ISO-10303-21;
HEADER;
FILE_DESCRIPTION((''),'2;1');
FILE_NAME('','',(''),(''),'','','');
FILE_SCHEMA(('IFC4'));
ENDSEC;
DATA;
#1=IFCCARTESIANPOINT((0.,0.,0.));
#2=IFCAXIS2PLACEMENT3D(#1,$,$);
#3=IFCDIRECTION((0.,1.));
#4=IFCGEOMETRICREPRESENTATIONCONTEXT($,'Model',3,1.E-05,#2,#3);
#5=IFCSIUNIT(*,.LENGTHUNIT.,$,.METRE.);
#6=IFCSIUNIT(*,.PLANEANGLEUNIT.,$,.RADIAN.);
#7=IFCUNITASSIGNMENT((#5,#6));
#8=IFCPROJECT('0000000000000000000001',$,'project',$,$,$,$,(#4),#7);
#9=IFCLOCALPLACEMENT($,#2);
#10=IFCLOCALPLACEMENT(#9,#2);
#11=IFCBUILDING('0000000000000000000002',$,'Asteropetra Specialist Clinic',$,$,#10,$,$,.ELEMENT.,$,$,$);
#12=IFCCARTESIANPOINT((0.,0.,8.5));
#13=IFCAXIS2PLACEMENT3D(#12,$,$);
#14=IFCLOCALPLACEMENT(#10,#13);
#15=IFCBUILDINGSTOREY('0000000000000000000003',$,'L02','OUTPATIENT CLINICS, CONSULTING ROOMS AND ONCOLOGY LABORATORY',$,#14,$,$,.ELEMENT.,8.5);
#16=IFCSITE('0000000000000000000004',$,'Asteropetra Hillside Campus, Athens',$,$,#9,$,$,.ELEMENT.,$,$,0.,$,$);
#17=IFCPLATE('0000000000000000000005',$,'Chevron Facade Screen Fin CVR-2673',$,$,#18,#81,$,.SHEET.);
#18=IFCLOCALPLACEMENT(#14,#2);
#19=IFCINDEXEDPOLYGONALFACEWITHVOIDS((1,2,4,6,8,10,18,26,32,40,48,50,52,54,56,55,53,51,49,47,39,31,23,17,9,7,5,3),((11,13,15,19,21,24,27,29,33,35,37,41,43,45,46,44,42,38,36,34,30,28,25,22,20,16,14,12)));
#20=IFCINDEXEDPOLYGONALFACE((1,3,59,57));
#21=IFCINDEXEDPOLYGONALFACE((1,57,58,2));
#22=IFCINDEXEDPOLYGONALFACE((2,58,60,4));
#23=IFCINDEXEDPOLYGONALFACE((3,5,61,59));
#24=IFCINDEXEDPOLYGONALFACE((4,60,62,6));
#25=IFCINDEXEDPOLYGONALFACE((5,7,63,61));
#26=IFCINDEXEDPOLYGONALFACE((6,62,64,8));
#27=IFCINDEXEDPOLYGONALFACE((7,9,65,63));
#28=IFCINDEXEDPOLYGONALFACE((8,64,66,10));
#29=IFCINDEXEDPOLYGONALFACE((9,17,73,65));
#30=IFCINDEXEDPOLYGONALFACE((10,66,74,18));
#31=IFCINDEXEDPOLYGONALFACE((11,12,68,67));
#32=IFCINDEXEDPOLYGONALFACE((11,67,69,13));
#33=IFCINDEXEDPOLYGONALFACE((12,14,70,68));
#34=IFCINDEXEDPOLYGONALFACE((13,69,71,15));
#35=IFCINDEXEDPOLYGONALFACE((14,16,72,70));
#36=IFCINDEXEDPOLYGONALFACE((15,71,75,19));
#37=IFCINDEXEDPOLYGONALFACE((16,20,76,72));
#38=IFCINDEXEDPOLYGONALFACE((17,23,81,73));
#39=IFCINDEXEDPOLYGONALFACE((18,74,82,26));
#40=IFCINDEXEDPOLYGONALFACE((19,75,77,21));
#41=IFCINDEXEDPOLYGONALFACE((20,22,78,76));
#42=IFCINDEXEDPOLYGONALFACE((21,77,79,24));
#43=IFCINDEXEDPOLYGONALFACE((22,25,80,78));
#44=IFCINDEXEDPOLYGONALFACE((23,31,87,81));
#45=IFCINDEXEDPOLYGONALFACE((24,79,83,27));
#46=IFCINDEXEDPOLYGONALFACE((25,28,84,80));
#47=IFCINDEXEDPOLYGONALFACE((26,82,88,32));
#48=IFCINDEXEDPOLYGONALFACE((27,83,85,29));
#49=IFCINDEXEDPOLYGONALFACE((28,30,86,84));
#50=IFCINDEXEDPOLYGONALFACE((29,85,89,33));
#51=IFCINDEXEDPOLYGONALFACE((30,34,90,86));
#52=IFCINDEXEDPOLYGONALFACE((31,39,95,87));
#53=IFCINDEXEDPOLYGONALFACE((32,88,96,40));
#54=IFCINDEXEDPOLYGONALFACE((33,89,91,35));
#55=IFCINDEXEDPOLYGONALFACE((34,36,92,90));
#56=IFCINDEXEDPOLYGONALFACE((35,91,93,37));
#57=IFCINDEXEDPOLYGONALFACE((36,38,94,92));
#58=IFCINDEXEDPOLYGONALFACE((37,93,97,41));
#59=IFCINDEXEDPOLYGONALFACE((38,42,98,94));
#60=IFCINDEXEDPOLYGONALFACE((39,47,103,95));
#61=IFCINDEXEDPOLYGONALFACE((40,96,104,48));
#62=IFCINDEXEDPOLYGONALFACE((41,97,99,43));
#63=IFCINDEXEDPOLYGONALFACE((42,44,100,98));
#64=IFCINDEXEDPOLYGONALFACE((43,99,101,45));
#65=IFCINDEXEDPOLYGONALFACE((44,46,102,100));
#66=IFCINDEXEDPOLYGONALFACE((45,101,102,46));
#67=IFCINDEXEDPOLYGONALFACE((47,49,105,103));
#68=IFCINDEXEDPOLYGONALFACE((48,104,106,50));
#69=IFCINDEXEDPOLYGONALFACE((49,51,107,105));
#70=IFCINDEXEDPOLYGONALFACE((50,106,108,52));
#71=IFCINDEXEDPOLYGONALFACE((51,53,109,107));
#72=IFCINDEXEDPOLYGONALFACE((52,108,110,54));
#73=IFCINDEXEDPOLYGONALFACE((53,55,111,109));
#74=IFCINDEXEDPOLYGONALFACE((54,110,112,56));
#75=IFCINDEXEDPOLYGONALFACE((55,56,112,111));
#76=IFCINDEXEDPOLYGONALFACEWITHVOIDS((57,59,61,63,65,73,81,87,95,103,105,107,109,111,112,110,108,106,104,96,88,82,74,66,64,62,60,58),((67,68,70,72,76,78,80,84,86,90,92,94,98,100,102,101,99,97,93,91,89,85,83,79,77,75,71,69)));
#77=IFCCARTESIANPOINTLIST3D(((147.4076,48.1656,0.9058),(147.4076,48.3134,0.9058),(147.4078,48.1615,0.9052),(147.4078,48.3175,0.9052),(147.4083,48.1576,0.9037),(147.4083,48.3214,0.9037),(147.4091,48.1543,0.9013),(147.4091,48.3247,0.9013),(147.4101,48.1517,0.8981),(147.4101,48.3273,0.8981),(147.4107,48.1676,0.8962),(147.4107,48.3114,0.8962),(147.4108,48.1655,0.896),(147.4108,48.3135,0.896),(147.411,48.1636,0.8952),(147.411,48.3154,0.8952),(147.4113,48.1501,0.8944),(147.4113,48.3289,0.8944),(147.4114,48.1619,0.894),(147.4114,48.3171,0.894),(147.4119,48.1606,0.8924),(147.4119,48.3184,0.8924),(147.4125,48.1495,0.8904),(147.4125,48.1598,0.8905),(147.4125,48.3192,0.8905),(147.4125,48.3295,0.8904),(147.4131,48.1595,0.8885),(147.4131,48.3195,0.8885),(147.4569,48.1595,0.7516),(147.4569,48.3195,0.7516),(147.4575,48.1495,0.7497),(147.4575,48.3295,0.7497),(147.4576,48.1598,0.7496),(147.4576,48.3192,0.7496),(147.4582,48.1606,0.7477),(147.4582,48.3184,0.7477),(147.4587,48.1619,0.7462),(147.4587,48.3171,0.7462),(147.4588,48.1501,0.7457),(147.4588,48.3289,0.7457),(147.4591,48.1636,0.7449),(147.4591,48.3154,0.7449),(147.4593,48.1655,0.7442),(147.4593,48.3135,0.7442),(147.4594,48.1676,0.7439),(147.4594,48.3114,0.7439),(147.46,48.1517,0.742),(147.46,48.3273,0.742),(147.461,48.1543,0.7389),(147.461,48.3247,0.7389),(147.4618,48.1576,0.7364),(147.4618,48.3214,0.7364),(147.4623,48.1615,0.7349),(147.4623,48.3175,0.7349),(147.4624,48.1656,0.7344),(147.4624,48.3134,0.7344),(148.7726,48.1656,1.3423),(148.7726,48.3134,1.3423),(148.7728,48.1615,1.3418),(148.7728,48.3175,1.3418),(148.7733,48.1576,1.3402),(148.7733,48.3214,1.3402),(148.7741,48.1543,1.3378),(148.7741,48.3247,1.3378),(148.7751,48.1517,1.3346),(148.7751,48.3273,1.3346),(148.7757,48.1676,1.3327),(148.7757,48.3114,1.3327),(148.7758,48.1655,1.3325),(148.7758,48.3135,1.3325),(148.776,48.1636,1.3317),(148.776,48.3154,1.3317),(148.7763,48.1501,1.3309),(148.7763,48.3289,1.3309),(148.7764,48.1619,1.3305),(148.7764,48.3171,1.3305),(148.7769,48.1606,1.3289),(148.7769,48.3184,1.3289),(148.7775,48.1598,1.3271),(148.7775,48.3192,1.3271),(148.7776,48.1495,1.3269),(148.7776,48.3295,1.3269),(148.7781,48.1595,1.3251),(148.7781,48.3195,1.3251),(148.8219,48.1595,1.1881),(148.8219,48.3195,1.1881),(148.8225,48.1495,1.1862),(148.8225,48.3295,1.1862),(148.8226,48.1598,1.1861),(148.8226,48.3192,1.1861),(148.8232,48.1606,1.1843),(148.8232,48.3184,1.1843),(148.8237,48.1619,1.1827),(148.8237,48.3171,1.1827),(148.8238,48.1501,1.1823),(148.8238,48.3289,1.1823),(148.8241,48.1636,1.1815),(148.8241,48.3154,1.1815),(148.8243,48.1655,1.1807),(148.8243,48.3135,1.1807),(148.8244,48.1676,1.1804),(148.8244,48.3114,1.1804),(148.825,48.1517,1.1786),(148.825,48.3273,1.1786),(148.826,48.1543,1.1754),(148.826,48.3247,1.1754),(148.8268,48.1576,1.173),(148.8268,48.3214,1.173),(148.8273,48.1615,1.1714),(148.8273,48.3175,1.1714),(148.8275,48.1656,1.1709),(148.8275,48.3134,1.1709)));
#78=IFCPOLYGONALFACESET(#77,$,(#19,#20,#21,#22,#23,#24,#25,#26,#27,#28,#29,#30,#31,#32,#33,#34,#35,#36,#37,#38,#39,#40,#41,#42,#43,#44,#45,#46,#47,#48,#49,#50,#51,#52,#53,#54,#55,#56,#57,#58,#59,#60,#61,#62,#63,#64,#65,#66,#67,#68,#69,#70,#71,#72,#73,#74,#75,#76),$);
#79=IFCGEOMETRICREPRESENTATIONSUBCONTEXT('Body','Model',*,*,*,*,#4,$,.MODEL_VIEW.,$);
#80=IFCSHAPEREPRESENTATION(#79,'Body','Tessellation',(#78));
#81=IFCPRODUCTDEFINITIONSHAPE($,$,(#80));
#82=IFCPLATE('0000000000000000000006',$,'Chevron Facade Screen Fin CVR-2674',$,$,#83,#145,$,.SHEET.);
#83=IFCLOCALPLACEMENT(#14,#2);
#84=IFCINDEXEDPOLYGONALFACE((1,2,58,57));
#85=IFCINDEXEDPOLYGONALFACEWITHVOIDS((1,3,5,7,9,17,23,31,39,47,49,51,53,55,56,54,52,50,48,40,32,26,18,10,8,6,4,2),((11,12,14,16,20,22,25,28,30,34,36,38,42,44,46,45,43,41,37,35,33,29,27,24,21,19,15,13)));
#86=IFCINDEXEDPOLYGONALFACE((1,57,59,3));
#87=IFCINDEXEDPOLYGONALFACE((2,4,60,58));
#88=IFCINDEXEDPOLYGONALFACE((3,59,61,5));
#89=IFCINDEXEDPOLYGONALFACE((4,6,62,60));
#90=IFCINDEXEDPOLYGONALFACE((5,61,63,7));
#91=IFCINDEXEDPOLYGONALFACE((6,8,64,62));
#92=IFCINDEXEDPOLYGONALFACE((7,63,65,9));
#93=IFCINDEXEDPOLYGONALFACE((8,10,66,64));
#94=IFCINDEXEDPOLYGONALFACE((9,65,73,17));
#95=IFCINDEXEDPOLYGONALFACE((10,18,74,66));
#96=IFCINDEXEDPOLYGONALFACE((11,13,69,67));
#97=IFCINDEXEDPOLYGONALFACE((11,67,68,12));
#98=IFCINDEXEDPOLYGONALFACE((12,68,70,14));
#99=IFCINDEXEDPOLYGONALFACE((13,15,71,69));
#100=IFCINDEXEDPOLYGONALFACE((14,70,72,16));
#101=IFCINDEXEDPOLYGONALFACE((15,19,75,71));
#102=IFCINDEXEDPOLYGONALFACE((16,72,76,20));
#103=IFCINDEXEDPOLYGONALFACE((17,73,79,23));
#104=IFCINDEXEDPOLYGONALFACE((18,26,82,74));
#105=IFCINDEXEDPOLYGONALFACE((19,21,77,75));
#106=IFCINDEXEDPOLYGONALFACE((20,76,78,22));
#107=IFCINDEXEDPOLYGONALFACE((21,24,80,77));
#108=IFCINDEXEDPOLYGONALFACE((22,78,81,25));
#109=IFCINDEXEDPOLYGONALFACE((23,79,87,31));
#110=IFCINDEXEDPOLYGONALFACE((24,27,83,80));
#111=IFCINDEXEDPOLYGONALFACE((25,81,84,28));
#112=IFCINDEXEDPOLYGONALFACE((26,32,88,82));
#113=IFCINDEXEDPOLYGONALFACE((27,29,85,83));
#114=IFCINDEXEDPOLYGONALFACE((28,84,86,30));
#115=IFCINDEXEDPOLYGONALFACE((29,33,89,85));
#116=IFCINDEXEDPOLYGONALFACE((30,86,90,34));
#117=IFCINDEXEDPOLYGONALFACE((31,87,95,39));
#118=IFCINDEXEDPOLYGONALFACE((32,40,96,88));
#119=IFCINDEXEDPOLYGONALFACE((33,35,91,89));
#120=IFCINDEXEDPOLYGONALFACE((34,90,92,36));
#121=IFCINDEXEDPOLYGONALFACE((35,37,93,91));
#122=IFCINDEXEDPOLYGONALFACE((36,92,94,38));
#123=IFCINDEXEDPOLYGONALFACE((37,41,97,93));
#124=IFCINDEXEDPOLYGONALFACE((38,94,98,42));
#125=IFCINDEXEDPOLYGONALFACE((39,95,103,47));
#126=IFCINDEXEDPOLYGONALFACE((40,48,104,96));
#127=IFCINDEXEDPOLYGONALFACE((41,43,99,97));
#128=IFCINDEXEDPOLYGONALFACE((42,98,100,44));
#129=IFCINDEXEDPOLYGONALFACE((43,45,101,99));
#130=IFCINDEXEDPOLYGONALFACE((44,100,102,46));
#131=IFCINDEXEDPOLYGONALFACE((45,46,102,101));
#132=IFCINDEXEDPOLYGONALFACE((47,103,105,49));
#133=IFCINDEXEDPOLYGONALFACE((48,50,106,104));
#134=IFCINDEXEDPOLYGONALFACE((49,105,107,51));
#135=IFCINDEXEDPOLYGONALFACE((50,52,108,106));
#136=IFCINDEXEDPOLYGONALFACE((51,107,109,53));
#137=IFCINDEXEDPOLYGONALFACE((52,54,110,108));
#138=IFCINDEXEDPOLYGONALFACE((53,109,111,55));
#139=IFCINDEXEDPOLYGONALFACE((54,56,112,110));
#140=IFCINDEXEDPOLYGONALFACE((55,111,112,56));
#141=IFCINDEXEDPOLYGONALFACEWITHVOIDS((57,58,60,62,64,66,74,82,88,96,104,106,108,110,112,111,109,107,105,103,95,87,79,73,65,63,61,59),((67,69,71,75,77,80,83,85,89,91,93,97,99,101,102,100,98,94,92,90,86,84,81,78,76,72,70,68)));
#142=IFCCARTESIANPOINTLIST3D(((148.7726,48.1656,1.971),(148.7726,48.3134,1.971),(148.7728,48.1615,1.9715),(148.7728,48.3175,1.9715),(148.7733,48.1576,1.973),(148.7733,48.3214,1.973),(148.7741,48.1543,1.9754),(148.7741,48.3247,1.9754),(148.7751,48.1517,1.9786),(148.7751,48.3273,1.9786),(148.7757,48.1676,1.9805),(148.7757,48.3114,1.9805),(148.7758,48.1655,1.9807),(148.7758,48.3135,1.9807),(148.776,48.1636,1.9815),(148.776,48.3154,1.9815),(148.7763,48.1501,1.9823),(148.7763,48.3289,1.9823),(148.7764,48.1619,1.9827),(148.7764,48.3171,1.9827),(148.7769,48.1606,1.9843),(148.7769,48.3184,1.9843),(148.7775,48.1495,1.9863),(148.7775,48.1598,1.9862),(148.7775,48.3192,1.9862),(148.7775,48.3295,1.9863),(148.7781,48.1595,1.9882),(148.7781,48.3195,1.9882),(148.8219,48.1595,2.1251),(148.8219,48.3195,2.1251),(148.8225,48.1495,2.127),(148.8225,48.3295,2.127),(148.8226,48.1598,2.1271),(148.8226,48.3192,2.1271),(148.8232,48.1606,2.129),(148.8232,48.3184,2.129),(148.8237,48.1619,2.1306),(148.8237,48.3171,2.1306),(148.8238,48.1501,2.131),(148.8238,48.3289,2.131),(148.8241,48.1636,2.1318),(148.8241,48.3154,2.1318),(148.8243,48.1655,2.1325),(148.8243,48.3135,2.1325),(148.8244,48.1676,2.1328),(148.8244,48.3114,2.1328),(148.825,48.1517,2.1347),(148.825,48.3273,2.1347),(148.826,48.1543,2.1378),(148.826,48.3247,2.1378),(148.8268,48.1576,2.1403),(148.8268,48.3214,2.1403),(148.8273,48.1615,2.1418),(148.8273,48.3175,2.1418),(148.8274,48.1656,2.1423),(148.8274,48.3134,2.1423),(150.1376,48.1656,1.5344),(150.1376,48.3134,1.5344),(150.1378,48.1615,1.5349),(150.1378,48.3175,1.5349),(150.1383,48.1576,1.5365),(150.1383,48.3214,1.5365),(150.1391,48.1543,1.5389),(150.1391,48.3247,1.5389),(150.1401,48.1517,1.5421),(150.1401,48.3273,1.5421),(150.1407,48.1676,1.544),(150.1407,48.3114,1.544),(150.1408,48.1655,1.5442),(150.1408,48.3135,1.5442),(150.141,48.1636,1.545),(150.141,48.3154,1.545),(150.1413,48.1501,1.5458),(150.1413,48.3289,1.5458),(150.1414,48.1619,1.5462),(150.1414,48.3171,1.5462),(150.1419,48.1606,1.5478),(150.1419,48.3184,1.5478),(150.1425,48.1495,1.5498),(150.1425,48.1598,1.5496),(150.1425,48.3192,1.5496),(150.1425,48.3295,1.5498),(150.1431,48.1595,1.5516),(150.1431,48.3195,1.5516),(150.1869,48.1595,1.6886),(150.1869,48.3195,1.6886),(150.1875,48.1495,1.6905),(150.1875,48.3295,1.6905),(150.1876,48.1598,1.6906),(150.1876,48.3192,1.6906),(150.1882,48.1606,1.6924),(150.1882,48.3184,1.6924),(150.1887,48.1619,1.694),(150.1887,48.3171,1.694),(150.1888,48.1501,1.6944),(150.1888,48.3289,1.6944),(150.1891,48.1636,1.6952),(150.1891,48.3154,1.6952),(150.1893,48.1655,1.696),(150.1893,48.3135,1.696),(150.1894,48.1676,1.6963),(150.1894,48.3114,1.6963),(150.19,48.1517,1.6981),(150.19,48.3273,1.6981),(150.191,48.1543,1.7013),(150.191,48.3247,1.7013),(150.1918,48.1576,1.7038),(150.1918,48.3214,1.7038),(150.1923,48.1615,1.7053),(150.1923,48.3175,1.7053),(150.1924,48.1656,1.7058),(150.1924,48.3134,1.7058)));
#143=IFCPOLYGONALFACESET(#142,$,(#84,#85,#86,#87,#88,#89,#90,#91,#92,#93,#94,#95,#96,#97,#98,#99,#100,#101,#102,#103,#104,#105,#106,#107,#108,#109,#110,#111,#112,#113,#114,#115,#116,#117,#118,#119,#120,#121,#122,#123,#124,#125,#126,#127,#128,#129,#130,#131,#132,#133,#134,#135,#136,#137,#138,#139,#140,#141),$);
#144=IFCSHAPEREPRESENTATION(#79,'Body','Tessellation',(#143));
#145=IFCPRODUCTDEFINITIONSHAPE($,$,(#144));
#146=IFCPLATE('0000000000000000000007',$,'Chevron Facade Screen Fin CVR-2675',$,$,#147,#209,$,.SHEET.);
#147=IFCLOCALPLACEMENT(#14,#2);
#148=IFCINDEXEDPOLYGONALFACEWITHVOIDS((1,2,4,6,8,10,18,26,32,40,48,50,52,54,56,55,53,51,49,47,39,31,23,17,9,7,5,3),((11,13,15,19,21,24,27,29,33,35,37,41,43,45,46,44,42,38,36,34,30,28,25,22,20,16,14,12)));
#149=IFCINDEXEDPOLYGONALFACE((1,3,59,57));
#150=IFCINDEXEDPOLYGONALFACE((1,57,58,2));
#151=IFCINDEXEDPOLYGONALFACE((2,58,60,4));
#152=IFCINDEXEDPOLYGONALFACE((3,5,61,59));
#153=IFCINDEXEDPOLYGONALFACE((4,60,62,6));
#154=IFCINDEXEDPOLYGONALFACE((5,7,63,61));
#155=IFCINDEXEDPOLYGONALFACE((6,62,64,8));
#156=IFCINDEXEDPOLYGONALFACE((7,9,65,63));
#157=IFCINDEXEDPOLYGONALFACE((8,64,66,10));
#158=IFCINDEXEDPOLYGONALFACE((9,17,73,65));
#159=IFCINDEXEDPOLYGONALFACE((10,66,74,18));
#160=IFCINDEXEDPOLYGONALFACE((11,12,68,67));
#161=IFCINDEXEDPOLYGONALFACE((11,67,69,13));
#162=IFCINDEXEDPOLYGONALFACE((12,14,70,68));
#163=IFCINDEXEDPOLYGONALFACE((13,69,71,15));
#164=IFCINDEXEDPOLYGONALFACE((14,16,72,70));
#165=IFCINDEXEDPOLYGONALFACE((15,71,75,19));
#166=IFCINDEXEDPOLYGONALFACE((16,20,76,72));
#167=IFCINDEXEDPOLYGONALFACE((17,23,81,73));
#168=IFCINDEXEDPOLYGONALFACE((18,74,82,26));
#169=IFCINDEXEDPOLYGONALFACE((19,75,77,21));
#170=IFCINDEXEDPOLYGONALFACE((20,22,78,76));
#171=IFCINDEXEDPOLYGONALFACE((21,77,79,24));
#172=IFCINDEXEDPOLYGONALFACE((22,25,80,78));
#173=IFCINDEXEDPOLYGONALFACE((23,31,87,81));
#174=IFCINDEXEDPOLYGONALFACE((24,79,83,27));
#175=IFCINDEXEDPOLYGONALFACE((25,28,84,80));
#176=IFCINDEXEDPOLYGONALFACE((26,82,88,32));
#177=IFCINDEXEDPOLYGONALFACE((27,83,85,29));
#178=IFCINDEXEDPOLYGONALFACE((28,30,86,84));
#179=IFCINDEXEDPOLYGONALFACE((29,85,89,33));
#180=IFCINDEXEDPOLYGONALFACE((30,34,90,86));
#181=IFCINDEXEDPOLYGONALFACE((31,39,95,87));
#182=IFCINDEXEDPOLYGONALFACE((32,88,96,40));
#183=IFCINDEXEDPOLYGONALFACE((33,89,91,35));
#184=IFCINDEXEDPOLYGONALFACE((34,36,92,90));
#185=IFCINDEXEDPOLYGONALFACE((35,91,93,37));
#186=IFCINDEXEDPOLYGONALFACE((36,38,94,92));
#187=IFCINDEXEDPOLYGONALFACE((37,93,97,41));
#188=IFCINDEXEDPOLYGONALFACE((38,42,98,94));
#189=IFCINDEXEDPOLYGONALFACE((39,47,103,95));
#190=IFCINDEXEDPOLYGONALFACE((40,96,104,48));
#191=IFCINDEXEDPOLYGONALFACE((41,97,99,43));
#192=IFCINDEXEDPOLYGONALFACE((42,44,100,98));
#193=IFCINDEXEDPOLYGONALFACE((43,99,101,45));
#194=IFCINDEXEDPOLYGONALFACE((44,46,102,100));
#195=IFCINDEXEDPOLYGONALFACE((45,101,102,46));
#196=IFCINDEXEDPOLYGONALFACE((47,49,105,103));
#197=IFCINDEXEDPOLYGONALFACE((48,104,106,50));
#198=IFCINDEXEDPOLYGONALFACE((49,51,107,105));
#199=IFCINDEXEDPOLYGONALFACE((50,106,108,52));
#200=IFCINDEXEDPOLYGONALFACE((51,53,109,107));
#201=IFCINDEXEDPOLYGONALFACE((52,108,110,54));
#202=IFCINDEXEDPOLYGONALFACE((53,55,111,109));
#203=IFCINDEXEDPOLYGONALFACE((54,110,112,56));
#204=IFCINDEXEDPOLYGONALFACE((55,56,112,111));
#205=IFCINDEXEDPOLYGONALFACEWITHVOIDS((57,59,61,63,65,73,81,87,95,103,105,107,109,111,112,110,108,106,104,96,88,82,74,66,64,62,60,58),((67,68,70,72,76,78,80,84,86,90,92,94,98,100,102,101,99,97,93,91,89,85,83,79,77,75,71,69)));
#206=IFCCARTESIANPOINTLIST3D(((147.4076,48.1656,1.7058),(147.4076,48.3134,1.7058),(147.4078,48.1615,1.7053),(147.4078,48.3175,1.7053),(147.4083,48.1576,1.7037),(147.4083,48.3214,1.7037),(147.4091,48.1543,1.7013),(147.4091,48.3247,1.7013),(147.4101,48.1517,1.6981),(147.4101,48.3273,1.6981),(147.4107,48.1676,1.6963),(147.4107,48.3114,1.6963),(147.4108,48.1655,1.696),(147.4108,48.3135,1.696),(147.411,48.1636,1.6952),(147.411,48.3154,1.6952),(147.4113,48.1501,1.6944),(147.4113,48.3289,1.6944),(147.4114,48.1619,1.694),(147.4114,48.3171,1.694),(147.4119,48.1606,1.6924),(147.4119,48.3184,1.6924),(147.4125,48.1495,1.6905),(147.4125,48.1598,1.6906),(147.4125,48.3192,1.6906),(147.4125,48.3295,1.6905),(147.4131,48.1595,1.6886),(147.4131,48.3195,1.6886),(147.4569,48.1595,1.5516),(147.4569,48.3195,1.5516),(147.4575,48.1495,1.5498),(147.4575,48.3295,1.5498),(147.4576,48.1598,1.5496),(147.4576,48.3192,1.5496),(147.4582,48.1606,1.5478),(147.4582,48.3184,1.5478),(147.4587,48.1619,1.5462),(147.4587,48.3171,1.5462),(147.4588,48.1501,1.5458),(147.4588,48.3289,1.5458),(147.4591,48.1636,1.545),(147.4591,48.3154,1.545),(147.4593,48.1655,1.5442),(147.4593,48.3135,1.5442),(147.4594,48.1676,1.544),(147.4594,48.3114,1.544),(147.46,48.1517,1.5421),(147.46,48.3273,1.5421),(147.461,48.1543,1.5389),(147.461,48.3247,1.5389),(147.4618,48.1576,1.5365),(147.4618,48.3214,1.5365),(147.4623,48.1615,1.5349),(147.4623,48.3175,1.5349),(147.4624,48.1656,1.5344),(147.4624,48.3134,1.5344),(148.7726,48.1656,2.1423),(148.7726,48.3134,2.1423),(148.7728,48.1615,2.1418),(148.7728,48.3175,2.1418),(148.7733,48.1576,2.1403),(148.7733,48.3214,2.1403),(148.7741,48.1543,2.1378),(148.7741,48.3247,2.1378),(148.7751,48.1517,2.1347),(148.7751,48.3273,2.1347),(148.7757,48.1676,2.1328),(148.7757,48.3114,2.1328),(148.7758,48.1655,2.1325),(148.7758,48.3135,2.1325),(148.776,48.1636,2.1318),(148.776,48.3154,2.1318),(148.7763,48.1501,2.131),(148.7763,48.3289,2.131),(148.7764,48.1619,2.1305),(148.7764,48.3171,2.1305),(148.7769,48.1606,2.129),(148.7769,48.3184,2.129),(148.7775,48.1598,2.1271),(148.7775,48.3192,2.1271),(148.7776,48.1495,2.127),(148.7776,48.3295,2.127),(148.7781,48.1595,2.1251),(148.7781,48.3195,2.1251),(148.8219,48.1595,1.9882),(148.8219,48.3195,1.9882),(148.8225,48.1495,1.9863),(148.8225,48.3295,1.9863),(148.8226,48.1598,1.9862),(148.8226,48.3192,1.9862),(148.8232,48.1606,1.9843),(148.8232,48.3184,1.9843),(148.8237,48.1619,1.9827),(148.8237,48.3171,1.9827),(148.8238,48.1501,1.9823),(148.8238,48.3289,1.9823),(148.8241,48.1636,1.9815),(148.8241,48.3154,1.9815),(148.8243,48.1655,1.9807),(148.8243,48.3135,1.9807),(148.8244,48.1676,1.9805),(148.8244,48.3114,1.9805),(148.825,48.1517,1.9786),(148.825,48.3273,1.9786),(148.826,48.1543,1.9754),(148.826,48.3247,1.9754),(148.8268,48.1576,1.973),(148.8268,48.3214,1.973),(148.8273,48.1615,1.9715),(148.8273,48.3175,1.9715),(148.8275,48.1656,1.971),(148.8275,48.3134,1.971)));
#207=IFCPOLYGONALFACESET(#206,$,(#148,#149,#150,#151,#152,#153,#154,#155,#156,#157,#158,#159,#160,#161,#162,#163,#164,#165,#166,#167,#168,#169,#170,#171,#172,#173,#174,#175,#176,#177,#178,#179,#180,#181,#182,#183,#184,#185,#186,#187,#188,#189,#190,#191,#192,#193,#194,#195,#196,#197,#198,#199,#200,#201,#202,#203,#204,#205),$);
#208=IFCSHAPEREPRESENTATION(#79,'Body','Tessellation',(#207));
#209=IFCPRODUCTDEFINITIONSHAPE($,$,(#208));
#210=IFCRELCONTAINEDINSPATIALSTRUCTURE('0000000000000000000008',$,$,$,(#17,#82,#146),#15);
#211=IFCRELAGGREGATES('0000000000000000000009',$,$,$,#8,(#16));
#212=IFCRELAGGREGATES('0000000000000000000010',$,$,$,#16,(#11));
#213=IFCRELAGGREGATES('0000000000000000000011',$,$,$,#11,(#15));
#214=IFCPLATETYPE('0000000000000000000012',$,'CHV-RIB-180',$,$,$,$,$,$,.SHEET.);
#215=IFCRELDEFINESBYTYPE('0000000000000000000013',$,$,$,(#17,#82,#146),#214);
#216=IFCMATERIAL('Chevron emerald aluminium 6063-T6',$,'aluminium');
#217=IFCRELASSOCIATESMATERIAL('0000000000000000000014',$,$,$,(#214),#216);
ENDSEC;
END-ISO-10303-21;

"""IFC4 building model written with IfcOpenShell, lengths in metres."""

from ifc_helpers import new_model, si_unit, direction, frame, origin, origin_2d, place, context, subcontext, project, spatial, hollow_rectangle, extrude, material, material_profile, profile_set, type_object, element, save


model = new_model("IFC4")

# Units and contexts
model_context = context("Model", 3, precision=1e-05, world=origin(), true_north=direction((0.0, 1.0)))
body_context = subcontext(model_context, "Body", "Model", "MODEL_VIEW")
ifc_project = project(units=[si_unit("LENGTHUNIT", "METRE"), si_unit("PLANEANGLEUNIT", "RADIAN")], contexts=[model_context])

# Site, building, storey
site_placement = place(None, origin())
site = spatial("IfcSite", under=ifc_project, at=site_placement, Name="Asteropetra Hillside Campus, Athens", CompositionType="ELEMENT", RefElevation=0.0)
building_placement = place(site_placement, origin())
building = spatial("IfcBuilding", under=site, at=building_placement, Name="Asteropetra Specialist Clinic", CompositionType="ELEMENT")
storey_placement = place(building_placement, frame((0.0, 0.0, 8.5)))
storey = spatial("IfcBuildingStorey", under=building, at=storey_placement, Name="L02", Description="OUTPATIENT CLINICS, CONSULTING ROOMS AND ONCOLOGY LABORATORY", CompositionType="ELEMENT", Elevation=8.5)

# Plates
ifc_material_1 = material(Name="Chevron emerald aluminium 6063-T6", Category="aluminium")
ifc_material_profile_1 = material_profile(ifc_material_1, hollow_rectangle(XDim=0.1799, YDim=0.1799, WallThickness=0.01, InnerFilletRadius=0.0081, OuterFilletRadius=0.0161, at=origin_2d()), Name="SHS 180x180x10.0")
ifc_profile_set_1 = profile_set([ifc_material_profile_1], Name="Chevron emerald aluminium 6063-T6")
plate_type = type_object("IfcPlateType", Name="CHV-RIB-180", PredefinedType="SHEET", material=ifc_profile_set_1)
for number, where, z_axis, x_axis, name in (
    (1, (148.8, 48.2395, 1.2566), (-0.95248, 0.0, -0.304603), (0.0, -1.0, 0.0), "Chevron Facade Screen Fin CVR-2673"),
    (2, (150.165, 48.2395, 1.6201), (-0.95248, 0.0, 0.304603), (0.0, -1.0, 0.0), "Chevron Facade Screen Fin CVR-2674"),
    (3, (148.8, 48.2395, 2.0566), (-0.95248, 0.0, -0.304603), (0.0, -1.0, 0.0), "Chevron Facade Screen Fin CVR-2675"),
):
    element("IfcPlate", number, at=place(storey_placement, frame(where, z_axis=z_axis, x_axis=x_axis)), inside=storey, type_object=plate_type, Name=name, PredefinedType="SHEET", context=body_context, shape_type="SweptSolid", body=[
        extrude(hollow_rectangle(XDim=0.1799, YDim=0.1799, WallThickness=0.01, InnerFilletRadius=0.0081, OuterFilletRadius=0.0161, at=origin_2d()), origin(), (0.0, 0.0, 1.0), 1.4331),
    ])

save(model, "model.ifc")
